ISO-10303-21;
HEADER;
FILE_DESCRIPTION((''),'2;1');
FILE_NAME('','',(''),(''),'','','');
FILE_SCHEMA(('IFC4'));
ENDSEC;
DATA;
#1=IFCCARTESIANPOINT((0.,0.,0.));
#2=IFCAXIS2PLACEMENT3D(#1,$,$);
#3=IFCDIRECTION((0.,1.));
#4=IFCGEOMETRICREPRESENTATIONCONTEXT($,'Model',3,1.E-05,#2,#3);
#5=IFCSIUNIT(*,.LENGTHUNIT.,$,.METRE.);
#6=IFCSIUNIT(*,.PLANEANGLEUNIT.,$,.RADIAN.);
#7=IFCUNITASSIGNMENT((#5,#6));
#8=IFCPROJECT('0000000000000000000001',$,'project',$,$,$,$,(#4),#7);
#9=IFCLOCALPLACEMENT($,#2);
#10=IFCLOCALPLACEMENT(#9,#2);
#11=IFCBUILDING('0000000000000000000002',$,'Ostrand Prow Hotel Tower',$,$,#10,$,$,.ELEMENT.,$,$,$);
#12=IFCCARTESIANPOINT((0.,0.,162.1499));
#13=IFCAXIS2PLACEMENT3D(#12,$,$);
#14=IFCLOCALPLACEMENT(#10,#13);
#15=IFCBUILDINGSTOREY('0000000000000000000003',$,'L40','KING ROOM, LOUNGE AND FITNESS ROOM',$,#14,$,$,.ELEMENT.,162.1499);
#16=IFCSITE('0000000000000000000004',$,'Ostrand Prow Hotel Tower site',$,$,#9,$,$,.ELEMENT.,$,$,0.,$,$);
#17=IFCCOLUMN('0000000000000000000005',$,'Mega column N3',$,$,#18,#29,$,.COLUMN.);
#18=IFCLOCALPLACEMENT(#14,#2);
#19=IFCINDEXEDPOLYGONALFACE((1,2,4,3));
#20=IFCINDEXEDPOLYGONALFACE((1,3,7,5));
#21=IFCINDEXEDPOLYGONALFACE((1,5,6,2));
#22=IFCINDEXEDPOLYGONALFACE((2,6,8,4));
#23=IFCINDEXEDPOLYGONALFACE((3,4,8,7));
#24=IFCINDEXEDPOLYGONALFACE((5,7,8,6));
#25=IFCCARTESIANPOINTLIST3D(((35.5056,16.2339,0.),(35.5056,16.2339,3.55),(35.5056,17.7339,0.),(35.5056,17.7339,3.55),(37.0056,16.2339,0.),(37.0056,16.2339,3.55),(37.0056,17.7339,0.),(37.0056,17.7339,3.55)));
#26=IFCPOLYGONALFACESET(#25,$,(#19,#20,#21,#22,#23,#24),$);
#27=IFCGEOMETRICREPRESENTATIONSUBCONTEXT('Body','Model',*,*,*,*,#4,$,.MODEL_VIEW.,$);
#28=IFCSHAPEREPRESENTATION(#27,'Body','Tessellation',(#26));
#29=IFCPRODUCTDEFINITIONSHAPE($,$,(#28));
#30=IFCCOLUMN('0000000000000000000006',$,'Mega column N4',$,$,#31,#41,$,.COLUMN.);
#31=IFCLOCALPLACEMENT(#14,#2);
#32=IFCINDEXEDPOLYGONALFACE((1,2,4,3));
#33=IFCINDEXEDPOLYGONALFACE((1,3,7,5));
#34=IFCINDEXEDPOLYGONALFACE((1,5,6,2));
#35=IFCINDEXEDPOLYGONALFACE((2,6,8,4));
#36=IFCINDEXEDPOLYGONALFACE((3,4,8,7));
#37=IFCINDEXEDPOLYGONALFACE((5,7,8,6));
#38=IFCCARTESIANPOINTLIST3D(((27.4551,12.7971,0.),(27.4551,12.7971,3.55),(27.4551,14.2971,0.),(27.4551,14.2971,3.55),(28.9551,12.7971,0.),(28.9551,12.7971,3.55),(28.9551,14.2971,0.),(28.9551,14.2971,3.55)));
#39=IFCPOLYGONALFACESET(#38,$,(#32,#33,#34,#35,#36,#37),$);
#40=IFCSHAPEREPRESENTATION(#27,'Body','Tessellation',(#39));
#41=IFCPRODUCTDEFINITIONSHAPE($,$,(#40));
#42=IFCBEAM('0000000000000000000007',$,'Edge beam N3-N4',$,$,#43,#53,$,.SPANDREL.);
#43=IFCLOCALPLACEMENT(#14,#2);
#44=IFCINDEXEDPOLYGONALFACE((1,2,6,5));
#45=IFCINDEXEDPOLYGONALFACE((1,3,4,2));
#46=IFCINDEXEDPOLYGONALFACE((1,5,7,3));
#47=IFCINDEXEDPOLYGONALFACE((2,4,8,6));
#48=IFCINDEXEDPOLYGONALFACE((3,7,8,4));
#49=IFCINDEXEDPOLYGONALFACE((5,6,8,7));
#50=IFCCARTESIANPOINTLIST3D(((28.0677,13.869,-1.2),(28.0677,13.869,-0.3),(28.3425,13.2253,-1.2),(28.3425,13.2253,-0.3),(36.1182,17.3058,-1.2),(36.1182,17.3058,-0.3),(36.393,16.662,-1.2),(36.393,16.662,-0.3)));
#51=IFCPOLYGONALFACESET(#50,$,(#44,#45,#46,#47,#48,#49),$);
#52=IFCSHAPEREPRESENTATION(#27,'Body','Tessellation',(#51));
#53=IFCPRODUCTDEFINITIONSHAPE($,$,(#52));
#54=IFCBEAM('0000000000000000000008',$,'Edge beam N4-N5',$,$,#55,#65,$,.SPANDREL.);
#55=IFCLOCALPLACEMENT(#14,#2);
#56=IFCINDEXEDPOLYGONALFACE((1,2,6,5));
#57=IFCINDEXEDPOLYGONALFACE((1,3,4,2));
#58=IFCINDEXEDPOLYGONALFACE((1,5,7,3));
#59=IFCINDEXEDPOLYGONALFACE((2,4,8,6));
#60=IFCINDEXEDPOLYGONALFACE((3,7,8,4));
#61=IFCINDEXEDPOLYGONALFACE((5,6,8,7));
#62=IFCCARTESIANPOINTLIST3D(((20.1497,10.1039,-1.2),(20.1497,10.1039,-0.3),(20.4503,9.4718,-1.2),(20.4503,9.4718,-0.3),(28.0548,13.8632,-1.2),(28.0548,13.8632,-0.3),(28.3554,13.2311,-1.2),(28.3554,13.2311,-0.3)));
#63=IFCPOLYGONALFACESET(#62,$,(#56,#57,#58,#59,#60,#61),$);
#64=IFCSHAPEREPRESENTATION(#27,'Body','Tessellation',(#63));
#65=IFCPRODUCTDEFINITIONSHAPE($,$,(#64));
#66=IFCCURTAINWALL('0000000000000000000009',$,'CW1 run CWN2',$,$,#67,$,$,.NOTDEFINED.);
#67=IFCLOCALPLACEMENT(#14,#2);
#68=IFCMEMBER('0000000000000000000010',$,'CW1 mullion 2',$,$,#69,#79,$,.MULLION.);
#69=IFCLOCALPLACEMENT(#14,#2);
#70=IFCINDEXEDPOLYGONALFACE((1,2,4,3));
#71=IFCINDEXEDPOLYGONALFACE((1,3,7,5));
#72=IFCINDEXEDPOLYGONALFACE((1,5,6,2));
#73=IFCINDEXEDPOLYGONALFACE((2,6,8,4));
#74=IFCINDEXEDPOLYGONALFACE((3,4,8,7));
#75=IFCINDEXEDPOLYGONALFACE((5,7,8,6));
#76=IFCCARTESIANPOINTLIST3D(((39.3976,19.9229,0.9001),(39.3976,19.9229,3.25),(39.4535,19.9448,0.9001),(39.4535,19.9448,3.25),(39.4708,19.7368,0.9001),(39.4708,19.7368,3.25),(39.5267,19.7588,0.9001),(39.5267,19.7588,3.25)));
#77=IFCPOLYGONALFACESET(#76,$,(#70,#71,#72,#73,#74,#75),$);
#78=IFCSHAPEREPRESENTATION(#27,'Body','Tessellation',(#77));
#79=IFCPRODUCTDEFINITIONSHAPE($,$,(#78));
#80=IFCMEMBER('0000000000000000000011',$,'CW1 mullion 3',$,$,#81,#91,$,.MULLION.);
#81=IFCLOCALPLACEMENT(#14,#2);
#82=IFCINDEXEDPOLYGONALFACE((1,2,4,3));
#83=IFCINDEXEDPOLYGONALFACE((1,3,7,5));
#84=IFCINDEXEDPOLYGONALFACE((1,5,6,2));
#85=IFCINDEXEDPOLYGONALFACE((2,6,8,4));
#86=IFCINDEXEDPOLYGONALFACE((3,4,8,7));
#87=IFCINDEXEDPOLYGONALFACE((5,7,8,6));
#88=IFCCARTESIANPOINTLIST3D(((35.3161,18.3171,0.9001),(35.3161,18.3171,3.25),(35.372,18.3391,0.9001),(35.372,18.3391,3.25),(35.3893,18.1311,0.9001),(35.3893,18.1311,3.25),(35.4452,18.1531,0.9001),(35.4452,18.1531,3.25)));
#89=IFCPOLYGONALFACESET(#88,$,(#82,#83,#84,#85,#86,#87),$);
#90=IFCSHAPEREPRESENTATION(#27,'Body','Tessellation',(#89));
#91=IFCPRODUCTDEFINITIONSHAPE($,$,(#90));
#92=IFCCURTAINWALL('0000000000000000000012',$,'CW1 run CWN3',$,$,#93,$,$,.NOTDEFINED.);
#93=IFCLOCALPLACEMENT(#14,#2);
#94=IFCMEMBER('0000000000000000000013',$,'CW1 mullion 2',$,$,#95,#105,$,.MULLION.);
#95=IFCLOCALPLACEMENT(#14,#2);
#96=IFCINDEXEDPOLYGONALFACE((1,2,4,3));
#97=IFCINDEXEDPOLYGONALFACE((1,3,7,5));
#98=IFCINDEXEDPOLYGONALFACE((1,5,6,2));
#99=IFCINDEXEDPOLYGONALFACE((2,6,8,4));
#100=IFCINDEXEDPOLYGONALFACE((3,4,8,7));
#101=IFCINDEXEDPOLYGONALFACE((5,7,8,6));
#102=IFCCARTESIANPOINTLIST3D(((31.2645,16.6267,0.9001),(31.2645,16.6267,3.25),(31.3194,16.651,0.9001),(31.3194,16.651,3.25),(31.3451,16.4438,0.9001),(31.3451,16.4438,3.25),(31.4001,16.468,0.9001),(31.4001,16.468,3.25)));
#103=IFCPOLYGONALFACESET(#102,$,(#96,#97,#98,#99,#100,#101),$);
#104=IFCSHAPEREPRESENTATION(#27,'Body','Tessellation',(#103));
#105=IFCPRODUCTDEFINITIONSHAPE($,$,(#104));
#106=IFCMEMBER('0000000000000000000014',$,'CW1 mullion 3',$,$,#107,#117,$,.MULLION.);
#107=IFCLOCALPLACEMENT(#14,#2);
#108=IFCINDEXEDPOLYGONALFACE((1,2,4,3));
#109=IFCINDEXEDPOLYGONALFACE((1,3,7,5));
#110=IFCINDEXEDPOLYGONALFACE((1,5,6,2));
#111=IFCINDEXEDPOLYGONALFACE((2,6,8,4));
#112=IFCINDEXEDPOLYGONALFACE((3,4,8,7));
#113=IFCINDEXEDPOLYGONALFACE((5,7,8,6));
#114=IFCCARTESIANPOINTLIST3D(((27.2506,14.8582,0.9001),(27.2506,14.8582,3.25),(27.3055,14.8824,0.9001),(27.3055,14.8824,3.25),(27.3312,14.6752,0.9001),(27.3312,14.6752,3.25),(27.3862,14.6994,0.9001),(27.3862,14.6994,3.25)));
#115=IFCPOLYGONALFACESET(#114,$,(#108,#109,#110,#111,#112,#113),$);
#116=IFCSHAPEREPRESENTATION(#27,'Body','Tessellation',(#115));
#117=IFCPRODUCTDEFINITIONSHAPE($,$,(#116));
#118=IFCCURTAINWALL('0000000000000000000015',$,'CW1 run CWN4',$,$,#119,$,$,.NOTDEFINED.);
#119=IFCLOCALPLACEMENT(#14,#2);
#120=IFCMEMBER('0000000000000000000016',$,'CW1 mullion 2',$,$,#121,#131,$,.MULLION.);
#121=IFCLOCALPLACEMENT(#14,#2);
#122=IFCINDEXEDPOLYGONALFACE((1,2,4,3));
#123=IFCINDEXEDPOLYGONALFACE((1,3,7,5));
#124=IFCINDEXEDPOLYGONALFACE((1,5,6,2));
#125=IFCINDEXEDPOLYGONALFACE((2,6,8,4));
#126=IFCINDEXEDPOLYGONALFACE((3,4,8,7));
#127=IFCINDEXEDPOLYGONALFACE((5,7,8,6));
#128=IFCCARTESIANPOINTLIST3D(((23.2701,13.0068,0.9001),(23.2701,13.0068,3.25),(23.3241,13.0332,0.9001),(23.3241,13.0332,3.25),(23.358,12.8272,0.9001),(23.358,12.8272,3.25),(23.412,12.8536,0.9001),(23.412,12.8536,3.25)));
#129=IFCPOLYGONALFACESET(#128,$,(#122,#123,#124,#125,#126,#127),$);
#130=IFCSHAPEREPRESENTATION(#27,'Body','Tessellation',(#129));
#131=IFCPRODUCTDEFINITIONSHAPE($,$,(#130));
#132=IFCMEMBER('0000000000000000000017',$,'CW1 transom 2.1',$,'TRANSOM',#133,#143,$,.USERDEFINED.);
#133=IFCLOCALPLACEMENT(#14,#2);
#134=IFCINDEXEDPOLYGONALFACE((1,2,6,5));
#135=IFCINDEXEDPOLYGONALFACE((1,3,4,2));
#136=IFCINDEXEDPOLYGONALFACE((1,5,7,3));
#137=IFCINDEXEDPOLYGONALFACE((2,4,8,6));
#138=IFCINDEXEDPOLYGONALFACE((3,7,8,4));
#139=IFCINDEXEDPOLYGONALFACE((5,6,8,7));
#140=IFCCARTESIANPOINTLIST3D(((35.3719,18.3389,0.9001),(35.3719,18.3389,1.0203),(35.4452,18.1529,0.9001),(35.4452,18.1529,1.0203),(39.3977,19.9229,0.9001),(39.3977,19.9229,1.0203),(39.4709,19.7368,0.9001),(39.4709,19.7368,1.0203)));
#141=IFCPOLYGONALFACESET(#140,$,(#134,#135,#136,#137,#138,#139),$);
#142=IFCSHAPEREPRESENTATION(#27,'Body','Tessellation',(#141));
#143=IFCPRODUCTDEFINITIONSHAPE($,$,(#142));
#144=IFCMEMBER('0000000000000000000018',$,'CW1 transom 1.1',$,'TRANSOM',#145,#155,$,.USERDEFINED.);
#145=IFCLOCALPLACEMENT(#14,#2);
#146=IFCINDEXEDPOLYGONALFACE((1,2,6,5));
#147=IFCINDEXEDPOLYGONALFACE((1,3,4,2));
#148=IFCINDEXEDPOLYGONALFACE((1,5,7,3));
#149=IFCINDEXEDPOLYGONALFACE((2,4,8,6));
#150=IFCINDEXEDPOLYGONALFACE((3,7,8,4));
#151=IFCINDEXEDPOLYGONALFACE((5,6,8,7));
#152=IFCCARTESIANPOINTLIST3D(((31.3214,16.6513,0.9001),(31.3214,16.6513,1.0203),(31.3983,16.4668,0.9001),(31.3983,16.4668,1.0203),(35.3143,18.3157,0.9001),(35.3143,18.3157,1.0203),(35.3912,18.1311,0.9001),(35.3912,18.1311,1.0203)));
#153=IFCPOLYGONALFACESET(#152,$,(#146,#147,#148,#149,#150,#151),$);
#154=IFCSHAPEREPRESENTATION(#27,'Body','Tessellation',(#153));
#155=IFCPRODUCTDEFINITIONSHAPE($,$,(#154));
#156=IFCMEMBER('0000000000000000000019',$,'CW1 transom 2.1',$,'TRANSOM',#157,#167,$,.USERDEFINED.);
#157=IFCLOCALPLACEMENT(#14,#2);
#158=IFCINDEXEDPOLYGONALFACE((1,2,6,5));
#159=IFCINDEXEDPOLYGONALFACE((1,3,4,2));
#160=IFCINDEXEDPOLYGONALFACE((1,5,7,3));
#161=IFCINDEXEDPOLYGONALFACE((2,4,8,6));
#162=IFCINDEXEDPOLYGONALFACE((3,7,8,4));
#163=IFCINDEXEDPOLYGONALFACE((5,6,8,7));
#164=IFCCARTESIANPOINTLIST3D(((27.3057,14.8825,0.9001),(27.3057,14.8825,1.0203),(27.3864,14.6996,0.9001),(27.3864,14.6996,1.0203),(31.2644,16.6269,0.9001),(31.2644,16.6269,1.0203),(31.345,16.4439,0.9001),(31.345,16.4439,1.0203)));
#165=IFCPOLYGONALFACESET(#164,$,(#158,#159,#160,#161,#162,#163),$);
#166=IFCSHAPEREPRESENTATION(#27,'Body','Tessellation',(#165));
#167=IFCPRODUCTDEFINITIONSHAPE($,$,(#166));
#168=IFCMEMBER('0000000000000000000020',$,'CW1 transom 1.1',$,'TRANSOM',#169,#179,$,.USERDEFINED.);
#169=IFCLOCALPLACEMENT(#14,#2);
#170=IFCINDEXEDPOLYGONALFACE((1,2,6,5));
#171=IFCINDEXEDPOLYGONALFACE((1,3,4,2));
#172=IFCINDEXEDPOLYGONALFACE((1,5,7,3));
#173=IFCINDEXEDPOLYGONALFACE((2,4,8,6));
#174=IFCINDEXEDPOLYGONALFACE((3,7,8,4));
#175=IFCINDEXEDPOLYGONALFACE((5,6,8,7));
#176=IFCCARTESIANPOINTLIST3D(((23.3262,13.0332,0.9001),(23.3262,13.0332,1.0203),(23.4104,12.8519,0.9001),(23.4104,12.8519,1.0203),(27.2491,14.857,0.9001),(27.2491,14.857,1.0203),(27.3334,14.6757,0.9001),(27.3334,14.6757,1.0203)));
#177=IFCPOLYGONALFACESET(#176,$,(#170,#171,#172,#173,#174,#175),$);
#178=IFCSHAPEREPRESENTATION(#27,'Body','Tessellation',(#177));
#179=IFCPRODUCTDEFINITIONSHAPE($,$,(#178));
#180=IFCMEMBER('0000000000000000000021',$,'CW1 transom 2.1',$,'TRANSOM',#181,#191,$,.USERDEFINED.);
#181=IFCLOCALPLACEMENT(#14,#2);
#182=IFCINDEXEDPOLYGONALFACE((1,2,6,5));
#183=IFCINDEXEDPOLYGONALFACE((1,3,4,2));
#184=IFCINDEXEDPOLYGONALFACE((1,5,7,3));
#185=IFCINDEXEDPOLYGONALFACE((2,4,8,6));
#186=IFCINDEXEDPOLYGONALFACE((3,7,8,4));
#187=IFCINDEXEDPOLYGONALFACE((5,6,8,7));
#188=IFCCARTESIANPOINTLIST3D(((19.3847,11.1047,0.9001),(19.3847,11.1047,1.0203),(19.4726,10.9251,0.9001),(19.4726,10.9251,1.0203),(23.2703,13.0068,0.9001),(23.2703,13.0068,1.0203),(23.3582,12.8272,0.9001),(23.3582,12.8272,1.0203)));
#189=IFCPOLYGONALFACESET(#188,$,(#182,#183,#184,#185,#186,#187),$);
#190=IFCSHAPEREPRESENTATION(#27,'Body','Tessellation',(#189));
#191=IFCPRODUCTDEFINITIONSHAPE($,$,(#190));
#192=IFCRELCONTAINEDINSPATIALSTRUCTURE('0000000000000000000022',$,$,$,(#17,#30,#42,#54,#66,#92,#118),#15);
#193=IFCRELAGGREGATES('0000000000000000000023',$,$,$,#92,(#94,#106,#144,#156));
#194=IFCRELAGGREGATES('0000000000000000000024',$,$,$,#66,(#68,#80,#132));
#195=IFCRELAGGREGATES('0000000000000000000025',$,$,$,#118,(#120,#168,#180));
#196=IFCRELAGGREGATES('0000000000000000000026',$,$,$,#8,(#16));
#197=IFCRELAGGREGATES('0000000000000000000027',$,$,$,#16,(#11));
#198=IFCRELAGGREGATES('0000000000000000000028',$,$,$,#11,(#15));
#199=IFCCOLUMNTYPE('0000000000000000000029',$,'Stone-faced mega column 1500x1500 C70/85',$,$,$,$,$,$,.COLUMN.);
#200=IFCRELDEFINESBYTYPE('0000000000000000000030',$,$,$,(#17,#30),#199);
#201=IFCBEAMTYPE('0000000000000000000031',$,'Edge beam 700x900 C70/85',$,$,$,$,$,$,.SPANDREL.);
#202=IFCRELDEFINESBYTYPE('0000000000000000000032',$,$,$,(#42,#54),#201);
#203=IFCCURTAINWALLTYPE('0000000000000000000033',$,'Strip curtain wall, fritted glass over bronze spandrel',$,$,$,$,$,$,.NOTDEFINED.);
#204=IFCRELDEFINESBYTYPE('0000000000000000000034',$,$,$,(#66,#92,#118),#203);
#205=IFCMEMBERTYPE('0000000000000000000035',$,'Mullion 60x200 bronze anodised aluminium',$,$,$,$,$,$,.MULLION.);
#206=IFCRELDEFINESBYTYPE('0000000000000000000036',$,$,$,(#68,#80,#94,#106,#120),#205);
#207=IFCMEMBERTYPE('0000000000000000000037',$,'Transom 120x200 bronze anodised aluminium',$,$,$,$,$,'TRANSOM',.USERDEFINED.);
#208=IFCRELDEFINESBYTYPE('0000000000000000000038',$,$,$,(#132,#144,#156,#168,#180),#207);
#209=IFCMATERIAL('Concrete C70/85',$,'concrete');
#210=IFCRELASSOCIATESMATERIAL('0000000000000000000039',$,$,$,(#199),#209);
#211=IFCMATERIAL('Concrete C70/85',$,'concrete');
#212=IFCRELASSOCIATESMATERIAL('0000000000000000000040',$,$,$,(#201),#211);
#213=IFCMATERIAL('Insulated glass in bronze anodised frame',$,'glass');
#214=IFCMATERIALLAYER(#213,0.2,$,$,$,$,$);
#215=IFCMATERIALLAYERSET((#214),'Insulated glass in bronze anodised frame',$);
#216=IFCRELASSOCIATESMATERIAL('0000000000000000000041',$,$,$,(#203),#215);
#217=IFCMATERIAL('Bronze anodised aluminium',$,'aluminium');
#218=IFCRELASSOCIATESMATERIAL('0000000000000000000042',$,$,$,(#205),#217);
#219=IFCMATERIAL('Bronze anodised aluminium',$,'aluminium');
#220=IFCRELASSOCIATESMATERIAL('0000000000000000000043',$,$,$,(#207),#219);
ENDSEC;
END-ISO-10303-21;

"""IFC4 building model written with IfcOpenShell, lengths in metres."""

from ifc_helpers import new_model, si_unit, direction, frame, origin, origin_2d, place, context, subcontext, project, spatial, rectangle, extrude, material, layer, layer_set, material_profile, profile_set, type_object, element, aggregate, save


model = new_model("IFC4")

# Units and contexts
model_context = context("Model", 3, precision=1e-05, world=origin(), true_north=direction((0.0, 1.0)))
body_context = subcontext(model_context, "Body", "Model", "MODEL_VIEW")
ifc_project = project(units=[si_unit("LENGTHUNIT", "METRE"), si_unit("PLANEANGLEUNIT", "RADIAN")], contexts=[model_context])

# Site, building, storey
site_placement = place(None, origin())
site = spatial("IfcSite", under=ifc_project, at=site_placement, Name="Ostrand Prow Hotel Tower site", CompositionType="ELEMENT", RefElevation=0.0)
building_placement = place(site_placement, origin())
building = spatial("IfcBuilding", under=site, at=building_placement, Name="Ostrand Prow Hotel Tower", CompositionType="ELEMENT")
storey_placement = place(building_placement, frame((0.0, 0.0, 162.1499)))
storey = spatial("IfcBuildingStorey", under=building, at=storey_placement, Name="L40", Description="KING ROOM, LOUNGE AND FITNESS ROOM", CompositionType="ELEMENT", Elevation=162.1499)

# Columns
ifc_material_1 = material(Name="Concrete C70/85", Category="concrete")
ifc_material_profile_1 = material_profile(ifc_material_1, rectangle(XDim=1.5, YDim=1.5, at=origin_2d()), Name="RC 1500x1500")
ifc_profile_set_1 = profile_set([ifc_material_profile_1], Name="Concrete C70/85")
column_type = type_object("IfcColumnType", Name="Stone-faced mega column 1500x1500 C70/85", PredefinedType="COLUMN", material=ifc_profile_set_1)
for number, where, z_axis, x_axis, name in (
    (1, (36.2556, 16.9839, 0.0), (0.0, 0.0, 1.0), (1.0, 0.0, 0.0), "Mega column N3"),
    (2, (28.2051, 13.5471, 0.0), (0.0, 0.0, 1.0), (1.0, 0.0, 0.0), "Mega column N4"),
):
    element("IfcColumn", number, at=place(storey_placement, frame(where, z_axis=z_axis, x_axis=x_axis)), inside=storey, type_object=column_type, Name=name, PredefinedType="COLUMN", context=body_context, shape_type="SweptSolid", body=[
        extrude(rectangle(XDim=1.5, YDim=1.5, at=origin_2d()), origin(), (0.0, 0.0, 1.0), 3.55),
    ])

# Beams
ifc_material_2 = material(Name="Concrete C70/85", Category="concrete")
ifc_material_profile_2 = material_profile(ifc_material_2, rectangle(XDim=0.7, YDim=0.8999, at=origin_2d()), Name="RC 700x900")
ifc_profile_set_2 = profile_set([ifc_material_profile_2], Name="Concrete C70/85")
beam_type = type_object("IfcBeamType", Name="Edge beam 700x900 C70/85", PredefinedType="SPANDREL", material=ifc_profile_set_2)
for number, where, z_axis, x_axis, name in (
    (3, (36.2556, 16.9839, -0.75), (-0.919701, -0.39262, 0.0), (0.39262, -0.919701, 0.0), "Edge beam N3-N4"),
    (4, (28.2051, 13.5471, -0.75), (-0.903083, -0.429466, 0.0), (0.429466, -0.903083, 0.0), "Edge beam N4-N5"),
):
    element("IfcBeam", number, at=place(storey_placement, frame(where, z_axis=z_axis, x_axis=x_axis)), inside=storey, type_object=beam_type, Name=name, PredefinedType="SPANDREL", context=body_context, shape_type="SweptSolid", body=[
        extrude(rectangle(XDim=0.7, YDim=0.8999, at=origin_2d()), origin(), (0.0, 0.0, 1.0), 8.7534),
    ])

# Curtain walls, members
ifc_material_3 = material(Name="Insulated glass in bronze anodised frame", Category="glass")
ifc_layer_1 = layer(ifc_material_3, 0.2)
ifc_layer_set_1 = layer_set([ifc_layer_1], Name="Insulated glass in bronze anodised frame")
curtain_wall_type = type_object("IfcCurtainWallType", Name="Strip curtain wall, fritted glass over bronze spandrel", PredefinedType="NOTDEFINED", material=ifc_layer_set_1)
curtain_wall_1_placement = place(storey_placement, origin())
curtain_wall_1 = element("IfcCurtainWall", 5, at=curtain_wall_1_placement, inside=storey, type_object=curtain_wall_type, Name="CW1 run CWN2", PredefinedType="NOTDEFINED")
ifc_material_4 = material(Name="Bronze anodised aluminium", Category="aluminium")
ifc_material_profile_3 = material_profile(ifc_material_4, rectangle(XDim=0.2, YDim=0.0601, at=origin_2d()), Name="Mullion 60x200 bronze anodised aluminium")
ifc_profile_set_3 = profile_set([ifc_material_profile_3], Name="Bronze anodised aluminium")
member_type_1 = type_object("IfcMemberType", Name="Mullion 60x200 bronze anodised aluminium", PredefinedType="MULLION", material=ifc_profile_set_3)
member_1_placement = place(storey_placement, frame((39.4622, 19.8408, 0.9001), z_axis=(0.0, 0.0, 1.0), x_axis=(0.366116, -0.930569, 0.0)))
member_1 = element("IfcMember", 6, at=member_1_placement, type_object=member_type_1, Name="CW1 mullion 2", PredefinedType="MULLION", context=body_context, shape_type="SweptSolid", body=[
    extrude(rectangle(XDim=0.2, YDim=0.0601, at=origin_2d()), origin(), (0.0, 0.0, 1.0), 2.3499),
])
member_2_placement = place(storey_placement, frame((35.3806, 18.2351, 0.9001), z_axis=(0.0, 0.0, 1.0), x_axis=(0.366116, -0.930569, 0.0)))
member_2 = element("IfcMember", 7, at=member_2_placement, type_object=member_type_1, Name="CW1 mullion 3", PredefinedType="MULLION", context=body_context, shape_type="SweptSolid", body=[
    extrude(rectangle(XDim=0.2, YDim=0.0601, at=origin_2d()), origin(), (0.0, 0.0, 1.0), 2.3499),
])
curtain_wall_2_placement = place(storey_placement, origin())
curtain_wall_2 = element("IfcCurtainWall", 8, at=curtain_wall_2_placement, inside=storey, type_object=curtain_wall_type, Name="CW1 run CWN3", PredefinedType="NOTDEFINED")
member_3_placement = place(storey_placement, frame((31.3323, 16.5474, 0.9001), z_axis=(0.0, 0.0, 1.0), x_axis=(0.403213, -0.915106, 0.0)))
member_3 = element("IfcMember", 9, at=member_3_placement, type_object=member_type_1, Name="CW1 mullion 2", PredefinedType="MULLION", context=body_context, shape_type="SweptSolid", body=[
    extrude(rectangle(XDim=0.2, YDim=0.0601, at=origin_2d()), origin(), (0.0, 0.0, 1.0), 2.3499),
])
member_4_placement = place(storey_placement, frame((27.3184, 14.7788, 0.9001), z_axis=(0.0, 0.0, 1.0), x_axis=(0.403213, -0.915106, 0.0)))
member_4 = element("IfcMember", 10, at=member_4_placement, type_object=member_type_1, Name="CW1 mullion 3", PredefinedType="MULLION", context=body_context, shape_type="SweptSolid", body=[
    extrude(rectangle(XDim=0.2, YDim=0.0601, at=origin_2d()), origin(), (0.0, 0.0, 1.0), 2.3499),
])

# Curtain wall, member
curtain_wall_3_placement = place(storey_placement, origin())
curtain_wall_3 = element("IfcCurtainWall", 11, at=curtain_wall_3_placement, inside=storey, type_object=curtain_wall_type, Name="CW1 run CWN4", PredefinedType="NOTDEFINED")
member_5_placement = place(storey_placement, frame((23.3411, 12.9302, 0.9001), z_axis=(0.0, 0.0, 1.0), x_axis=(0.439659, -0.898165, 0.0)))
member_5 = element("IfcMember", 12, at=member_5_placement, type_object=member_type_1, Name="CW1 mullion 2", PredefinedType="MULLION", context=body_context, shape_type="SweptSolid", body=[
    extrude(rectangle(XDim=0.2, YDim=0.0601, at=origin_2d()), origin(), (0.0, 0.0, 1.0), 2.3499),
])

# Members
ifc_material_5 = material(Name="Bronze anodised aluminium", Category="aluminium")
ifc_material_profile_4 = material_profile(ifc_material_5, rectangle(XDim=0.2, YDim=0.1201, at=origin_2d()), Name="Transom 120x200 bronze anodised aluminium")
ifc_profile_set_4 = profile_set([ifc_material_profile_4], Name="Bronze anodised aluminium")
member_type_2 = type_object("IfcMemberType", Name="Transom 120x200 bronze anodised aluminium", ElementType="TRANSOM", PredefinedType="USERDEFINED", material=ifc_profile_set_4)
member_6_placement = place(storey_placement, frame((39.4343, 19.8298, 0.9602), z_axis=(-0.930563, -0.366131, 0.0), x_axis=(0.366131, -0.930563, 0.0)))
member_6 = element("IfcMember", 13, at=member_6_placement, type_object=member_type_2, Name="CW1 transom 2.1", ObjectType="TRANSOM", PredefinedType="USERDEFINED", context=body_context, shape_type="SweptSolid", body=[
    extrude(rectangle(XDim=0.2, YDim=0.1201, at=origin_2d()), origin(), (0.0, 0.0, 1.0), 4.3262),
])
member_7_placement = place(storey_placement, frame((35.3528, 18.2234, 0.9602), z_axis=(-0.923028, -0.384732, 0.0), x_axis=(0.384732, -0.923028, 0.0)))
member_7 = element("IfcMember", 14, at=member_7_placement, type_object=member_type_2, Name="CW1 transom 1.1", ObjectType="TRANSOM", PredefinedType="USERDEFINED", context=body_context, shape_type="SweptSolid", body=[
    extrude(rectangle(XDim=0.2, YDim=0.1201, at=origin_2d()), origin(), (0.0, 0.0, 1.0), 4.3259),
])
member_8_placement = place(storey_placement, frame((31.3047, 16.5354, 0.9602), z_axis=(-0.915099, -0.40323, 0.0), x_axis=(0.40323, -0.915099, 0.0)))
member_8 = element("IfcMember", 15, at=member_8_placement, type_object=member_type_2, Name="CW1 transom 2.1", ObjectType="TRANSOM", PredefinedType="USERDEFINED", context=body_context, shape_type="SweptSolid", body=[
    extrude(rectangle(XDim=0.2, YDim=0.1201, at=origin_2d()), origin(), (0.0, 0.0, 1.0), 4.3259),
])
member_9_placement = place(storey_placement, frame((27.2913, 14.7664, 0.9602), z_axis=(-0.906796, -0.421569, 0.0), x_axis=(0.421569, -0.906796, 0.0)))
member_9 = element("IfcMember", 16, at=member_9_placement, type_object=member_type_2, Name="CW1 transom 1.1", ObjectType="TRANSOM", PredefinedType="USERDEFINED", context=body_context, shape_type="SweptSolid", body=[
    extrude(rectangle(XDim=0.2, YDim=0.1201, at=origin_2d()), origin(), (0.0, 0.0, 1.0), 4.3262),
])
member_10_placement = place(storey_placement, frame((23.3142, 12.917, 0.9602), z_axis=(-0.898154, -0.439681, 0.0), x_axis=(0.439681, -0.898154, 0.0)))
member_10 = element("IfcMember", 17, at=member_10_placement, type_object=member_type_2, Name="CW1 transom 2.1", ObjectType="TRANSOM", PredefinedType="USERDEFINED", context=body_context, shape_type="SweptSolid", body=[
    extrude(rectangle(XDim=0.2, YDim=0.1201, at=origin_2d()), origin(), (0.0, 0.0, 1.0), 4.3262),
])

aggregate(curtain_wall_2, [member_3, member_4, member_7, member_8])
aggregate(curtain_wall_1, [member_1, member_2, member_6])
aggregate(curtain_wall_3, [member_5, member_9, member_10])

save(model, "model.ifc")
